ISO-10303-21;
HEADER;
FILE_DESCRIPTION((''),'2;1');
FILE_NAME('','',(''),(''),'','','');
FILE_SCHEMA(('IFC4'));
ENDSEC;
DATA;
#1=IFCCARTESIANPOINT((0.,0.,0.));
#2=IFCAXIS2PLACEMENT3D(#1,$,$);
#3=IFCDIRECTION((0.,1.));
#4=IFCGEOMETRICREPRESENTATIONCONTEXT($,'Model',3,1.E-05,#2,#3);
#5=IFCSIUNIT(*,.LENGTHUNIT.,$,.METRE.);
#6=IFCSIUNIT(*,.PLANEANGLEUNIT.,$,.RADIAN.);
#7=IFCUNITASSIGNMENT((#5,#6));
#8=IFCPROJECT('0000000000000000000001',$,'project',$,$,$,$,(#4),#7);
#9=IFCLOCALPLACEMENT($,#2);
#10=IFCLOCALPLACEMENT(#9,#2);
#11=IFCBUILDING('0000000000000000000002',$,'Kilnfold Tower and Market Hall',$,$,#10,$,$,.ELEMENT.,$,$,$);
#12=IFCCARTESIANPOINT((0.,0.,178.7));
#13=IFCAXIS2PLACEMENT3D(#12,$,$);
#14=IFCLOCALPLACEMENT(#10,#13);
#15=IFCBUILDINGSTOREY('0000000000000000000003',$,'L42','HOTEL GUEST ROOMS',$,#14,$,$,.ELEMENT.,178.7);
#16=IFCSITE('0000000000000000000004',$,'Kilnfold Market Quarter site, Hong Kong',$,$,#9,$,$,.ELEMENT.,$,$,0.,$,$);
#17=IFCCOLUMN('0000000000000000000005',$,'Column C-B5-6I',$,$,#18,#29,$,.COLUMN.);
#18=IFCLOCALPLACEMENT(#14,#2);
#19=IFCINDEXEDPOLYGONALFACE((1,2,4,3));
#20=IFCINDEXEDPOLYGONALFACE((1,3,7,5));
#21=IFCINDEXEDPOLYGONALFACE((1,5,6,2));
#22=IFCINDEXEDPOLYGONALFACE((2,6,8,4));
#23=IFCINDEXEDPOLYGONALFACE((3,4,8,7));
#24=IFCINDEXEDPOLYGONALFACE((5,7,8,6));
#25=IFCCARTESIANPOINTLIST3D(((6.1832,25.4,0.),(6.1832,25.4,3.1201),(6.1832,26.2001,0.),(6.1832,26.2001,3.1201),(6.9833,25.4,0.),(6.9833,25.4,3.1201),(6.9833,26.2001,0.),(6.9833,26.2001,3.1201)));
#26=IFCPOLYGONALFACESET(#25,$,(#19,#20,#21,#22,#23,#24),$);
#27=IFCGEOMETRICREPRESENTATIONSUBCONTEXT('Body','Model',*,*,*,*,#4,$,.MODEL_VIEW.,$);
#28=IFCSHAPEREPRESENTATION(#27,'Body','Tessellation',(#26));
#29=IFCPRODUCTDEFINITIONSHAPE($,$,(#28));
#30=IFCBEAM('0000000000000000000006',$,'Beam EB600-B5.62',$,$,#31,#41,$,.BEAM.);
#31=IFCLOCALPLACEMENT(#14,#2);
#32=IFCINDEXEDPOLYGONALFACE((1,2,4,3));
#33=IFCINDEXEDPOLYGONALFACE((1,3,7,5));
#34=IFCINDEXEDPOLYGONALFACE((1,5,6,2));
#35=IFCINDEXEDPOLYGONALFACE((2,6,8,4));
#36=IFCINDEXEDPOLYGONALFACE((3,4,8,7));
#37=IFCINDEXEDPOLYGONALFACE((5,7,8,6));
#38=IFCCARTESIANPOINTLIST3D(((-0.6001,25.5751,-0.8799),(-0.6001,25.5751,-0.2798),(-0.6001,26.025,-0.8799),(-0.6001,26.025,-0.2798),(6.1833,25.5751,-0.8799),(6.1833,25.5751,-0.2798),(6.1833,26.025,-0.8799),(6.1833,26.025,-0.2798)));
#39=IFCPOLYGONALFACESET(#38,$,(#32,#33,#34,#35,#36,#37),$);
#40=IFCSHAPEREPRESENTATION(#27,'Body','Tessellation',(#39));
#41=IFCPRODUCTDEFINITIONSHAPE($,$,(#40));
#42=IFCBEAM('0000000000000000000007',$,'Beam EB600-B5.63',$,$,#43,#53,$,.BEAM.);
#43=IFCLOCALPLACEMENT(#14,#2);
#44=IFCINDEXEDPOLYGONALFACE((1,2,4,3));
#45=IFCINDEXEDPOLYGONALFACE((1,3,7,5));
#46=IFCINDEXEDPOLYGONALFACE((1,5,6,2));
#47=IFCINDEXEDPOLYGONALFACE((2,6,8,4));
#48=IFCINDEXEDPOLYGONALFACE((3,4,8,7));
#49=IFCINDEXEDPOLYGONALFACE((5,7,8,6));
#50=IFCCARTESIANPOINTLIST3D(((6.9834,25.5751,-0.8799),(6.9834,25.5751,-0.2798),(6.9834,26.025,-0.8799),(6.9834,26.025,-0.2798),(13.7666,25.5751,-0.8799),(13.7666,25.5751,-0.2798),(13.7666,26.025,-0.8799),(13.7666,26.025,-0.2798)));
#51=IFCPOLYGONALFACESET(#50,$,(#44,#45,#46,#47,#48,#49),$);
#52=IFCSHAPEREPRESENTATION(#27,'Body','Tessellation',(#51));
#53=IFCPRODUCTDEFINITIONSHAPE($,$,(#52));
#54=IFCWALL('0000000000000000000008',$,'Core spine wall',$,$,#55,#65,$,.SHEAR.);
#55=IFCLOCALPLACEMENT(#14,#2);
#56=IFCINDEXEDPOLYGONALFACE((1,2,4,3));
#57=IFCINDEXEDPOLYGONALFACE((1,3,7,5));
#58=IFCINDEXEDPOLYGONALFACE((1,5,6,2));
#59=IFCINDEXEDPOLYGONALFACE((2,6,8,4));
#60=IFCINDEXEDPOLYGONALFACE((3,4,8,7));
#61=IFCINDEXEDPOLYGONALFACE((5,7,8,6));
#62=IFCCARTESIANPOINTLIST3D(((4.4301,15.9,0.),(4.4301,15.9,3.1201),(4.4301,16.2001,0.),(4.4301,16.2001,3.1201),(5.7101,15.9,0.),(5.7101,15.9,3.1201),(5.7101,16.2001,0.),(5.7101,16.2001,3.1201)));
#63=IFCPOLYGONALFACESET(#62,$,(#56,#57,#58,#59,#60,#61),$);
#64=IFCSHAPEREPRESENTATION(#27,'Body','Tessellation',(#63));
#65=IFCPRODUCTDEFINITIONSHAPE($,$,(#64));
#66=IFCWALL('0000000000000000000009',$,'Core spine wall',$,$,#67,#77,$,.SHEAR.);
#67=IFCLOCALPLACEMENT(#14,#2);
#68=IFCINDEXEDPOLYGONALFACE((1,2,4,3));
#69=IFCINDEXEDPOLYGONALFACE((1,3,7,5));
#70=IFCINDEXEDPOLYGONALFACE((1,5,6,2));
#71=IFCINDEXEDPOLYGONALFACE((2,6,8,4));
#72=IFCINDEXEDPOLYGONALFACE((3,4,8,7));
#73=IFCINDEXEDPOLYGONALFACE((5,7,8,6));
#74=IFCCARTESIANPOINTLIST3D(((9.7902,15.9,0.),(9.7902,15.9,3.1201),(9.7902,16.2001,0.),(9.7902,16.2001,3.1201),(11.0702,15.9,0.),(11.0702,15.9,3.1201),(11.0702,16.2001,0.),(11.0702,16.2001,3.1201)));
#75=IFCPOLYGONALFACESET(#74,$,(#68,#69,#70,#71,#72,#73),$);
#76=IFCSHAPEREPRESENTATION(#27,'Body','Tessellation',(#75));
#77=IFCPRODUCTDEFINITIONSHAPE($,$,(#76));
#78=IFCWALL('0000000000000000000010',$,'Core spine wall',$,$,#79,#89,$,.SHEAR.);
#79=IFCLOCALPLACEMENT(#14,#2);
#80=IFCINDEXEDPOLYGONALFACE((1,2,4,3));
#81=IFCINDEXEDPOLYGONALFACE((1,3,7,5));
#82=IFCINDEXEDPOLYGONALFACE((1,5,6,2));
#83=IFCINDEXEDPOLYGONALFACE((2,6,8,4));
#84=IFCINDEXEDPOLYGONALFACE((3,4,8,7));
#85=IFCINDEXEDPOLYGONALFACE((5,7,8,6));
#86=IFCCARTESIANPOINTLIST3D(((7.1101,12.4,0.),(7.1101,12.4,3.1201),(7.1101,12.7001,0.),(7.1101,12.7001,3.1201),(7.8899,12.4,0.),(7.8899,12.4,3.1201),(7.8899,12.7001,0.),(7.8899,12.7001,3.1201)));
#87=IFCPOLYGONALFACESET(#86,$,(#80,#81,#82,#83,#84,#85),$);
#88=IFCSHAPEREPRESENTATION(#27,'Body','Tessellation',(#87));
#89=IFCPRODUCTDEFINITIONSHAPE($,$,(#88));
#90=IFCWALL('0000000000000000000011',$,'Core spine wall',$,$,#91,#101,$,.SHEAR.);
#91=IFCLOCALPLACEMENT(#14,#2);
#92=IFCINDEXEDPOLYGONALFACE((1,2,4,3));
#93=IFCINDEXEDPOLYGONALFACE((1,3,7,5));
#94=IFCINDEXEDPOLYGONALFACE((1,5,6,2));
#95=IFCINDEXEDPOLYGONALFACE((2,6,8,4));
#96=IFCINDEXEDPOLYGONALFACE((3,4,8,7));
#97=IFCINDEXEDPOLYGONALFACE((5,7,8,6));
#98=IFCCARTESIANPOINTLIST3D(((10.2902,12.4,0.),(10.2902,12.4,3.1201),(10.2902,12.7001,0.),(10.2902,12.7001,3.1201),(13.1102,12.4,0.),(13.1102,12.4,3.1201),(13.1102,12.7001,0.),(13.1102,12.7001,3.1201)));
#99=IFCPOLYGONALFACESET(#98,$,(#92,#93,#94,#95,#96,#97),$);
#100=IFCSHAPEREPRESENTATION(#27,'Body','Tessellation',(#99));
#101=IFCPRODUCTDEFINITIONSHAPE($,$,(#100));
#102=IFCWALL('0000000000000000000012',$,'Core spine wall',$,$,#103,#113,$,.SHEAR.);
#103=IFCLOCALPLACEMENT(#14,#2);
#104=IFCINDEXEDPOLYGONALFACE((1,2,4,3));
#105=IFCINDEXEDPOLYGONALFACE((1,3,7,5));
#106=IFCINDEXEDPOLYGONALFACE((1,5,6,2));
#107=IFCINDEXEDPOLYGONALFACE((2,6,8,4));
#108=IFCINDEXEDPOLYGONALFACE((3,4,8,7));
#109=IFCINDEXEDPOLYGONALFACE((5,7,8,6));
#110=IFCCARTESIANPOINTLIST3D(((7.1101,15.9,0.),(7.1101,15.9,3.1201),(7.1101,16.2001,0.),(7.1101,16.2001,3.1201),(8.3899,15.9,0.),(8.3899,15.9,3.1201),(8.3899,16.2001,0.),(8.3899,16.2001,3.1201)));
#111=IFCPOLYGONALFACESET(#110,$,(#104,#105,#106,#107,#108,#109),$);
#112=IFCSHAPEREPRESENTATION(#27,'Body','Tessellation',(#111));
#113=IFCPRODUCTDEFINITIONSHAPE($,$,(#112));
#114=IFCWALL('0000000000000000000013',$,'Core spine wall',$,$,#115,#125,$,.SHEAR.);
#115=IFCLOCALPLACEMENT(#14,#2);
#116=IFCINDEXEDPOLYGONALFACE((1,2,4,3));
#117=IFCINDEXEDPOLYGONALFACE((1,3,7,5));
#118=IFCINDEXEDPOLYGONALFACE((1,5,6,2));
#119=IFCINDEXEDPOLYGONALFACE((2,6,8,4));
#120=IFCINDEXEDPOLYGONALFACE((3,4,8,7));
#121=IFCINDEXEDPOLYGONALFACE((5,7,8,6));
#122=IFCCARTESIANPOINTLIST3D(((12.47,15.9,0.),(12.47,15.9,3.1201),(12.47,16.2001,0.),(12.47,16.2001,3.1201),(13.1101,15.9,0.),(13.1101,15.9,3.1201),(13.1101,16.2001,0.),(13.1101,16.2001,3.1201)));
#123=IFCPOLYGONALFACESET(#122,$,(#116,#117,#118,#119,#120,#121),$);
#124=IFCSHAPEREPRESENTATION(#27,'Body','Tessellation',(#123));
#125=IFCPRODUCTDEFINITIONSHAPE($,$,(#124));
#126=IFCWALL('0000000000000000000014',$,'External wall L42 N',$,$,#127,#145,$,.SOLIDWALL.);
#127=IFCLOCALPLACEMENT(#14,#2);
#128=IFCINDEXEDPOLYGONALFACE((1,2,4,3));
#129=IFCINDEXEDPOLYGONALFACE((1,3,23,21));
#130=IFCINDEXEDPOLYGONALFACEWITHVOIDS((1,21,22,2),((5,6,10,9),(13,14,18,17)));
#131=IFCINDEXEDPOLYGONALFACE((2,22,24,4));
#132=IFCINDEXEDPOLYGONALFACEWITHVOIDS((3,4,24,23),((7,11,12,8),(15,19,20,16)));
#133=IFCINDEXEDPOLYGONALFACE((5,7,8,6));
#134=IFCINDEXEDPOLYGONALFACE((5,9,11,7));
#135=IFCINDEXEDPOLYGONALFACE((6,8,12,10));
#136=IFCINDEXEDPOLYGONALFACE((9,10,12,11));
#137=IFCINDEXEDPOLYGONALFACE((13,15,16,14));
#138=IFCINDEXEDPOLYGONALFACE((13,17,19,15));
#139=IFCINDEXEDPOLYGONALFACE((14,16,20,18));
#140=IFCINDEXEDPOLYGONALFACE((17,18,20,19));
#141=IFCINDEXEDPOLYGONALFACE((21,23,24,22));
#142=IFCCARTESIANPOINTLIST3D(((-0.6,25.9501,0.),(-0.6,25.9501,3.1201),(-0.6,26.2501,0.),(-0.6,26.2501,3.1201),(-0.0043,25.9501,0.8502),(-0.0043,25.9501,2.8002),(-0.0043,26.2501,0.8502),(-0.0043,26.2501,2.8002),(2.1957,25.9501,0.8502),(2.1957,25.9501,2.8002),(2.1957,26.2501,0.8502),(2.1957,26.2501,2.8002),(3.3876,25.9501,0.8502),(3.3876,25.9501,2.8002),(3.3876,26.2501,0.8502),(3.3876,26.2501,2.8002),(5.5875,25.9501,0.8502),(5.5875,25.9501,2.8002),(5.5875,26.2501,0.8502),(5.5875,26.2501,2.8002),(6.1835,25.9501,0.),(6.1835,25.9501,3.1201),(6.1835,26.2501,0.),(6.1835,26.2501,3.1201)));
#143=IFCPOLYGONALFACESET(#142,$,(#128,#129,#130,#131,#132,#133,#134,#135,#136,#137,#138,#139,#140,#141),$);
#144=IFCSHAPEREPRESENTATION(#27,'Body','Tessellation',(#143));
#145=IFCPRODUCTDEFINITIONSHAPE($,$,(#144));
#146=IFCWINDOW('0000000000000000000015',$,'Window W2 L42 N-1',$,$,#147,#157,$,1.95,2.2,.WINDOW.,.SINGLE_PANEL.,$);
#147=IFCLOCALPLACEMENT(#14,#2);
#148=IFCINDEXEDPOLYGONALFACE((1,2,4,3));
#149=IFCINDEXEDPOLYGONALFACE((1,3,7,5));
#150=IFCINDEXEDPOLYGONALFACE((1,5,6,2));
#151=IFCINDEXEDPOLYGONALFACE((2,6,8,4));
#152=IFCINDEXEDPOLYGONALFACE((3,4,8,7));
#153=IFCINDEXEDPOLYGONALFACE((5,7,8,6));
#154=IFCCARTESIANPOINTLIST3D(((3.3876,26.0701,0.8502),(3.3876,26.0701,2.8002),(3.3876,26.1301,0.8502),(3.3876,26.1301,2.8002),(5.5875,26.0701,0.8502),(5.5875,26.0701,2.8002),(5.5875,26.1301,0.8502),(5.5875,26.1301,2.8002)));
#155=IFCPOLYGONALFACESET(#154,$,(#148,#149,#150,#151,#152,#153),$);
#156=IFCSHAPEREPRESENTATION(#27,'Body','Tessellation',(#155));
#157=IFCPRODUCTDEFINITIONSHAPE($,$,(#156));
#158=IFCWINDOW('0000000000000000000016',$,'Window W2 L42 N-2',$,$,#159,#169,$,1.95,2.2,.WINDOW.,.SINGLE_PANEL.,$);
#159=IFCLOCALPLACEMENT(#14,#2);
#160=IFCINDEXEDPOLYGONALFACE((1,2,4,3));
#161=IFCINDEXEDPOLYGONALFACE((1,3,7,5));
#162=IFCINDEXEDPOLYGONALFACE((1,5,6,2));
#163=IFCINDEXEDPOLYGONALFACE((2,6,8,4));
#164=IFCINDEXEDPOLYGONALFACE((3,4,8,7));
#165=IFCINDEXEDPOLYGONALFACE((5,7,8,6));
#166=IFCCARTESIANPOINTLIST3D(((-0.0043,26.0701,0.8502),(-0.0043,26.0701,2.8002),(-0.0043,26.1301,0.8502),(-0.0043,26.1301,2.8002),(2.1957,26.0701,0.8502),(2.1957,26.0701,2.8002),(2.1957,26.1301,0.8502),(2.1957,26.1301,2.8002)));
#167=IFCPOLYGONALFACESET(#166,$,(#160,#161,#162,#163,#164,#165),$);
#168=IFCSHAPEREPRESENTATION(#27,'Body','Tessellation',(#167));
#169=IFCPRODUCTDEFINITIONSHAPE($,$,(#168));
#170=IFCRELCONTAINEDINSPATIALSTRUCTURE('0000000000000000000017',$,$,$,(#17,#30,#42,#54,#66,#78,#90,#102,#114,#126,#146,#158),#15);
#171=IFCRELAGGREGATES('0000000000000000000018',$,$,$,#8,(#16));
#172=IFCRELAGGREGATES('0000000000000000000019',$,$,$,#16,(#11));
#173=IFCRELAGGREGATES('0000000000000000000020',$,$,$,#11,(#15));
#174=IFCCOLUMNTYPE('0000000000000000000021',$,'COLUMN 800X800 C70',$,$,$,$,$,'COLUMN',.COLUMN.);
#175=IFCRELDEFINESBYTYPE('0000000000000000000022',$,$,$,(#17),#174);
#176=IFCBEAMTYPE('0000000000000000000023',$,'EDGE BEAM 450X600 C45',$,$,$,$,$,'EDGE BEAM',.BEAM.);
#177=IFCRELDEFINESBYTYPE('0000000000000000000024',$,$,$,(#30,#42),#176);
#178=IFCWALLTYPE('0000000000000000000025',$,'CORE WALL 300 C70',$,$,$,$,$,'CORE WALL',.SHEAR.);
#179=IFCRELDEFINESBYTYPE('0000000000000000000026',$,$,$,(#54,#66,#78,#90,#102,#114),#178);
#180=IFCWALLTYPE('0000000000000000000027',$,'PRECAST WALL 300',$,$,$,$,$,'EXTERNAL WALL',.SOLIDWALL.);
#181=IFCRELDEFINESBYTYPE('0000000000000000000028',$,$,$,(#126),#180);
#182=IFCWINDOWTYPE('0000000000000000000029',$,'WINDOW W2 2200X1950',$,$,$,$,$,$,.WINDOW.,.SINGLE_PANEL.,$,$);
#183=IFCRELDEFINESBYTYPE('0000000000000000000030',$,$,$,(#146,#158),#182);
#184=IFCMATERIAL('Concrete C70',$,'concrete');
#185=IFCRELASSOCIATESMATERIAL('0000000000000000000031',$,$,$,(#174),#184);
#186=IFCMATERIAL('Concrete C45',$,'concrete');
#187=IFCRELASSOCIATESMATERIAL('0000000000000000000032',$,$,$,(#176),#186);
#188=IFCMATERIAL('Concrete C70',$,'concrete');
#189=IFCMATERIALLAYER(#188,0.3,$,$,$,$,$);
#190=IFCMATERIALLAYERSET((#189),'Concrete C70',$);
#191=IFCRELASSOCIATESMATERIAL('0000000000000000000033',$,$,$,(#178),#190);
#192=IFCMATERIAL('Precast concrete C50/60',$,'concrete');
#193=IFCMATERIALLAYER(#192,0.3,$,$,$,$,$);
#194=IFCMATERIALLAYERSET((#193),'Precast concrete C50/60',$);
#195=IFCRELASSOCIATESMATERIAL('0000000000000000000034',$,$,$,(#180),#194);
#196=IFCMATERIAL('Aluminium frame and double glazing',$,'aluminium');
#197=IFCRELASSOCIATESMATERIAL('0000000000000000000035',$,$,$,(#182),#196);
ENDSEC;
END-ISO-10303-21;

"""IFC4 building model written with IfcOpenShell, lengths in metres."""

from ifc_helpers import new_model, si_unit, direction, frame, frame_2d, origin, origin_2d, place, context, subcontext, project, spatial, rectangle, extrude, source, transform, mapped, material, layer, layer_set, material_profile, profile_set, type_object, element, fill, save


model = new_model("IFC4")

# Units and contexts
model_context = context("Model", 3, precision=1e-05, world=origin(), true_north=direction((0.0, 1.0)))
body_context = subcontext(model_context, "Body", "Model", "MODEL_VIEW")
ifc_project = project(units=[si_unit("LENGTHUNIT", "METRE"), si_unit("PLANEANGLEUNIT", "RADIAN")], contexts=[model_context])

# Site, building, storey
site_placement = place(None, origin())
site = spatial("IfcSite", under=ifc_project, at=site_placement, Name="Kilnfold Market Quarter site, Hong Kong", CompositionType="ELEMENT", RefElevation=0.0)
building_placement = place(site_placement, origin())
building = spatial("IfcBuilding", under=site, at=building_placement, Name="Kilnfold Tower and Market Hall", CompositionType="ELEMENT")
storey_placement = place(building_placement, frame((0.0, 0.0, 178.7)))
storey = spatial("IfcBuildingStorey", under=building, at=storey_placement, Name="L42", Description="HOTEL GUEST ROOMS", CompositionType="ELEMENT", Elevation=178.7)

# Column
ifc_material_1 = material(Name="Concrete C70", Category="concrete")
ifc_material_profile_1 = material_profile(ifc_material_1, rectangle(XDim=0.8, YDim=0.8, at=origin_2d()), Name="RC 800x800")
ifc_profile_set_1 = profile_set([ifc_material_profile_1], Name="Concrete C70")
column_type = type_object("IfcColumnType", Name="COLUMN 800X800 C70", ElementType="COLUMN", PredefinedType="COLUMN", material=ifc_profile_set_1)
shared_shape_1 = source(origin(), body_context, "Body", "SweptSolid", [
    extrude(rectangle(XDim=0.8, YDim=0.8, at=origin_2d()), origin(), (0.0, 0.0, 1.0), 3.1201),
])
column_placement = place(storey_placement, frame((6.5833, 25.8, 0.0), z_axis=(0.0, 0.0, 1.0), x_axis=(1.0, 0.0, 0.0)))
element("IfcColumn", 1, at=column_placement, inside=storey, type_object=column_type, Name="Column C-B5-6I", PredefinedType="COLUMN", context=body_context, shape_type="MappedRepresentation", body=[
    mapped(shared_shape_1, transform((0.0, 0.0, 0.0))),
])

# Beams
ifc_material_2 = material(Name="Concrete C45", Category="concrete")
ifc_material_profile_2 = material_profile(ifc_material_2, rectangle(XDim=0.45, YDim=0.6001, at=origin_2d()), Name="RC 450x600")
ifc_profile_set_2 = profile_set([ifc_material_profile_2], Name="Concrete C45")
beam_type = type_object("IfcBeamType", Name="EDGE BEAM 450X600 C45", ElementType="EDGE BEAM", PredefinedType="BEAM", material=ifc_profile_set_2)
shared_shape_2 = source(origin(), body_context, "Body", "SweptSolid", [
    extrude(rectangle(XDim=0.45, YDim=0.6001, at=origin_2d()), origin(), (0.0, 0.0, 1.0), 6.7834),
])
beam_1_placement = place(storey_placement, frame((-0.6001, 25.8, -0.5798), z_axis=(1.0, 0.0, 0.0), x_axis=(0.0, 1.0, 0.0)))
element("IfcBeam", 2, at=beam_1_placement, inside=storey, type_object=beam_type, Name="Beam EB600-B5.62", PredefinedType="BEAM", context=body_context, shape_type="MappedRepresentation", body=[
    mapped(shared_shape_2, transform((0.0, 0.0, 0.0))),
])
shared_shape_3 = source(origin(), body_context, "Body", "SweptSolid", [
    extrude(rectangle(XDim=0.45, YDim=0.6001, at=origin_2d()), origin(), (0.0, 0.0, 1.0), 6.7832),
])
beam_2_placement = place(storey_placement, frame((6.9834, 25.8, -0.5798), z_axis=(1.0, 0.0, 0.0), x_axis=(0.0, 1.0, 0.0)))
element("IfcBeam", 3, at=beam_2_placement, inside=storey, type_object=beam_type, Name="Beam EB600-B5.63", PredefinedType="BEAM", context=body_context, shape_type="MappedRepresentation", body=[
    mapped(shared_shape_3, transform((0.0, 0.0, 0.0))),
])

# Walls
ifc_material_3 = material(Name="Concrete C70", Category="concrete")
ifc_layer_1 = layer(ifc_material_3, 0.3)
ifc_layer_set_1 = layer_set([ifc_layer_1], Name="Concrete C70")
wall_type_1 = type_object("IfcWallType", Name="CORE WALL 300 C70", ElementType="CORE WALL", PredefinedType="SHEAR", material=ifc_layer_set_1)
shared_shape_4 = source(origin(), body_context, "Body", "SweptSolid", [
    extrude(rectangle(XDim=1.28, YDim=0.3, at=frame_2d((0.6401, 0.0))), origin(), (0.0, 0.0, 1.0), 3.1201),
])
for number, where, z_axis, x_axis, name in (
    (4, (4.4299, 16.05, 0.0), (0.0, 0.0, 1.0), (1.0, 0.0, 0.0), "Core spine wall"),
    (5, (9.79, 16.05, 0.0), (0.0, 0.0, 1.0), (1.0, 0.0, 0.0), "Core spine wall"),
):
    element("IfcWall", number, at=place(storey_placement, frame(where, z_axis=z_axis, x_axis=x_axis)), inside=storey, type_object=wall_type_1, Name=name, PredefinedType="SHEAR", context=body_context, shape_type="MappedRepresentation", body=[
        mapped(shared_shape_4, transform((0.0, 0.0, 0.0))),
    ])
shared_shape_5 = source(origin(), body_context, "Body", "SweptSolid", [
    extrude(rectangle(XDim=0.7798, YDim=0.3, at=frame_2d((0.3899, 0.0))), origin(), (0.0, 0.0, 1.0), 3.1201),
])
wall_1_placement = place(storey_placement, frame((7.1101, 12.55, 0.0), z_axis=(0.0, 0.0, 1.0), x_axis=(1.0, 0.0, 0.0)))
element("IfcWall", 6, at=wall_1_placement, inside=storey, type_object=wall_type_1, Name="Core spine wall", PredefinedType="SHEAR", context=body_context, shape_type="MappedRepresentation", body=[
    mapped(shared_shape_5, transform((0.0, 0.0, 0.0))),
])
shared_shape_6 = source(origin(), body_context, "Body", "SweptSolid", [
    extrude(rectangle(XDim=2.8201, YDim=0.3, at=frame_2d((1.4102, 0.0))), origin(), (0.0, 0.0, 1.0), 3.1201),
])
wall_2_placement = place(storey_placement, frame((10.29, 12.55, 0.0), z_axis=(0.0, 0.0, 1.0), x_axis=(1.0, 0.0, 0.0)))
element("IfcWall", 7, at=wall_2_placement, inside=storey, type_object=wall_type_1, Name="Core spine wall", PredefinedType="SHEAR", context=body_context, shape_type="MappedRepresentation", body=[
    mapped(shared_shape_6, transform((0.0, 0.0, 0.0))),
])
shared_shape_7 = source(origin(), body_context, "Body", "SweptSolid", [
    extrude(rectangle(XDim=1.2798, YDim=0.3, at=frame_2d((0.6399, 0.0))), origin(), (0.0, 0.0, 1.0), 3.1201),
])
wall_3_placement = place(storey_placement, frame((7.1101, 16.05, 0.0), z_axis=(0.0, 0.0, 1.0), x_axis=(1.0, 0.0, 0.0)))
element("IfcWall", 8, at=wall_3_placement, inside=storey, type_object=wall_type_1, Name="Core spine wall", PredefinedType="SHEAR", context=body_context, shape_type="MappedRepresentation", body=[
    mapped(shared_shape_7, transform((0.0, 0.0, 0.0))),
])
shared_shape_8 = source(origin(), body_context, "Body", "SweptSolid", [
    extrude(rectangle(XDim=0.6401, YDim=0.3, at=frame_2d((0.3201, 0.0))), origin(), (0.0, 0.0, 1.0), 3.1201),
])
wall_4_placement = place(storey_placement, frame((12.47, 16.05, 0.0), z_axis=(0.0, 0.0, 1.0), x_axis=(1.0, 0.0, 0.0)))
element("IfcWall", 9, at=wall_4_placement, inside=storey, type_object=wall_type_1, Name="Core spine wall", PredefinedType="SHEAR", context=body_context, shape_type="MappedRepresentation", body=[
    mapped(shared_shape_8, transform((0.0, 0.0, 0.0))),
])

# Wall, openings, windows
ifc_material_4 = material(Name="Precast concrete C50/60", Category="concrete")
ifc_layer_2 = layer(ifc_material_4, 0.3)
ifc_layer_set_2 = layer_set([ifc_layer_2], Name="Precast concrete C50/60")
wall_type_2 = type_object("IfcWallType", Name="PRECAST WALL 300", ElementType="EXTERNAL WALL", PredefinedType="SOLIDWALL", material=ifc_layer_set_2)
shared_shape_9 = source(origin(), body_context, "Body", "SweptSolid", [
    extrude(rectangle(XDim=6.7834, YDim=0.3, at=frame_2d((3.3916, 0.0))), origin(), (0.0, 0.0, 1.0), 3.1201),
])
wall_5_placement = place(storey_placement, frame((6.1833, 26.1001, 0.0), z_axis=(0.0, 0.0, 1.0), x_axis=(-1.0, 0.0, 0.0)))
wall_5 = element("IfcWall", 10, at=wall_5_placement, inside=storey, type_object=wall_type_2, Name="External wall L42 N", PredefinedType="SOLIDWALL", context=body_context, shape_type="MappedRepresentation", body=[
    mapped(shared_shape_9, transform((0.0, 0.0, 0.0))),
])
opening_1_placement = place(wall_5_placement, frame((0.5957, 0.0, 0.8501)))
opening_1 = element("IfcOpeningElement", 11, at=opening_1_placement, cuts=wall_5, PredefinedType="OPENING", context=body_context, shape_type="SweptSolid", body=[
    extrude(rectangle(XDim=2.2, YDim=1.95, at=frame_2d((1.1001, 0.9751))), frame((0.0, 0.1602, 0.0), z_axis=(0.0, -1.0, 0.0), x_axis=(1.0, 0.0, 0.0)), (0.0, 0.0, 1.0), 0.3201),
])
opening_2_placement = place(wall_5_placement, frame((3.9875, 0.0, 0.8501)))
opening_2 = element("IfcOpeningElement", 12, at=opening_2_placement, cuts=wall_5, PredefinedType="OPENING", context=body_context, shape_type="SweptSolid", body=[
    extrude(rectangle(XDim=2.2, YDim=1.95, at=frame_2d((1.1001, 0.9751))), frame((0.0, 0.1602, 0.0), z_axis=(0.0, -1.0, 0.0), x_axis=(1.0, 0.0, 0.0)), (0.0, 0.0, 1.0), 0.3201),
])
ifc_material_5 = material(Name="Aluminium frame and double glazing", Category="aluminium")
window_type = type_object("IfcWindowType", Name="WINDOW W2 2200X1950", PartitioningType="SINGLE_PANEL", PredefinedType="WINDOW", material=ifc_material_5)
window_1_placement = place(opening_1_placement, origin())
window_1 = element("IfcWindow", 13, at=window_1_placement, inside=storey, type_object=window_type, Name="Window W2 L42 N-1", OverallHeight=1.95, OverallWidth=2.2, PartitioningType="SINGLE_PANEL", PredefinedType="WINDOW", context=body_context, shape_type="SweptSolid", body=[
    extrude(rectangle(XDim=2.2, YDim=1.95, at=frame_2d((1.1001, 0.9751))), frame((0.0, 0.03, 0.0), z_axis=(0.0, -1.0, 0.0), x_axis=(1.0, 0.0, 0.0)), (0.0, 0.0, 1.0), 0.0601),
])
fill(opening_1, window_1)
window_2_placement = place(opening_2_placement, origin())
window_2 = element("IfcWindow", 14, at=window_2_placement, inside=storey, type_object=window_type, Name="Window W2 L42 N-2", OverallHeight=1.95, OverallWidth=2.2, PartitioningType="SINGLE_PANEL", PredefinedType="WINDOW", context=body_context, shape_type="SweptSolid", body=[
    extrude(rectangle(XDim=2.2, YDim=1.95, at=frame_2d((1.1001, 0.9751))), frame((0.0, 0.03, 0.0), z_axis=(0.0, -1.0, 0.0), x_axis=(1.0, 0.0, 0.0)), (0.0, 0.0, 1.0), 0.0601),
])
fill(opening_2, window_2)

save(model, "model.ifc")
